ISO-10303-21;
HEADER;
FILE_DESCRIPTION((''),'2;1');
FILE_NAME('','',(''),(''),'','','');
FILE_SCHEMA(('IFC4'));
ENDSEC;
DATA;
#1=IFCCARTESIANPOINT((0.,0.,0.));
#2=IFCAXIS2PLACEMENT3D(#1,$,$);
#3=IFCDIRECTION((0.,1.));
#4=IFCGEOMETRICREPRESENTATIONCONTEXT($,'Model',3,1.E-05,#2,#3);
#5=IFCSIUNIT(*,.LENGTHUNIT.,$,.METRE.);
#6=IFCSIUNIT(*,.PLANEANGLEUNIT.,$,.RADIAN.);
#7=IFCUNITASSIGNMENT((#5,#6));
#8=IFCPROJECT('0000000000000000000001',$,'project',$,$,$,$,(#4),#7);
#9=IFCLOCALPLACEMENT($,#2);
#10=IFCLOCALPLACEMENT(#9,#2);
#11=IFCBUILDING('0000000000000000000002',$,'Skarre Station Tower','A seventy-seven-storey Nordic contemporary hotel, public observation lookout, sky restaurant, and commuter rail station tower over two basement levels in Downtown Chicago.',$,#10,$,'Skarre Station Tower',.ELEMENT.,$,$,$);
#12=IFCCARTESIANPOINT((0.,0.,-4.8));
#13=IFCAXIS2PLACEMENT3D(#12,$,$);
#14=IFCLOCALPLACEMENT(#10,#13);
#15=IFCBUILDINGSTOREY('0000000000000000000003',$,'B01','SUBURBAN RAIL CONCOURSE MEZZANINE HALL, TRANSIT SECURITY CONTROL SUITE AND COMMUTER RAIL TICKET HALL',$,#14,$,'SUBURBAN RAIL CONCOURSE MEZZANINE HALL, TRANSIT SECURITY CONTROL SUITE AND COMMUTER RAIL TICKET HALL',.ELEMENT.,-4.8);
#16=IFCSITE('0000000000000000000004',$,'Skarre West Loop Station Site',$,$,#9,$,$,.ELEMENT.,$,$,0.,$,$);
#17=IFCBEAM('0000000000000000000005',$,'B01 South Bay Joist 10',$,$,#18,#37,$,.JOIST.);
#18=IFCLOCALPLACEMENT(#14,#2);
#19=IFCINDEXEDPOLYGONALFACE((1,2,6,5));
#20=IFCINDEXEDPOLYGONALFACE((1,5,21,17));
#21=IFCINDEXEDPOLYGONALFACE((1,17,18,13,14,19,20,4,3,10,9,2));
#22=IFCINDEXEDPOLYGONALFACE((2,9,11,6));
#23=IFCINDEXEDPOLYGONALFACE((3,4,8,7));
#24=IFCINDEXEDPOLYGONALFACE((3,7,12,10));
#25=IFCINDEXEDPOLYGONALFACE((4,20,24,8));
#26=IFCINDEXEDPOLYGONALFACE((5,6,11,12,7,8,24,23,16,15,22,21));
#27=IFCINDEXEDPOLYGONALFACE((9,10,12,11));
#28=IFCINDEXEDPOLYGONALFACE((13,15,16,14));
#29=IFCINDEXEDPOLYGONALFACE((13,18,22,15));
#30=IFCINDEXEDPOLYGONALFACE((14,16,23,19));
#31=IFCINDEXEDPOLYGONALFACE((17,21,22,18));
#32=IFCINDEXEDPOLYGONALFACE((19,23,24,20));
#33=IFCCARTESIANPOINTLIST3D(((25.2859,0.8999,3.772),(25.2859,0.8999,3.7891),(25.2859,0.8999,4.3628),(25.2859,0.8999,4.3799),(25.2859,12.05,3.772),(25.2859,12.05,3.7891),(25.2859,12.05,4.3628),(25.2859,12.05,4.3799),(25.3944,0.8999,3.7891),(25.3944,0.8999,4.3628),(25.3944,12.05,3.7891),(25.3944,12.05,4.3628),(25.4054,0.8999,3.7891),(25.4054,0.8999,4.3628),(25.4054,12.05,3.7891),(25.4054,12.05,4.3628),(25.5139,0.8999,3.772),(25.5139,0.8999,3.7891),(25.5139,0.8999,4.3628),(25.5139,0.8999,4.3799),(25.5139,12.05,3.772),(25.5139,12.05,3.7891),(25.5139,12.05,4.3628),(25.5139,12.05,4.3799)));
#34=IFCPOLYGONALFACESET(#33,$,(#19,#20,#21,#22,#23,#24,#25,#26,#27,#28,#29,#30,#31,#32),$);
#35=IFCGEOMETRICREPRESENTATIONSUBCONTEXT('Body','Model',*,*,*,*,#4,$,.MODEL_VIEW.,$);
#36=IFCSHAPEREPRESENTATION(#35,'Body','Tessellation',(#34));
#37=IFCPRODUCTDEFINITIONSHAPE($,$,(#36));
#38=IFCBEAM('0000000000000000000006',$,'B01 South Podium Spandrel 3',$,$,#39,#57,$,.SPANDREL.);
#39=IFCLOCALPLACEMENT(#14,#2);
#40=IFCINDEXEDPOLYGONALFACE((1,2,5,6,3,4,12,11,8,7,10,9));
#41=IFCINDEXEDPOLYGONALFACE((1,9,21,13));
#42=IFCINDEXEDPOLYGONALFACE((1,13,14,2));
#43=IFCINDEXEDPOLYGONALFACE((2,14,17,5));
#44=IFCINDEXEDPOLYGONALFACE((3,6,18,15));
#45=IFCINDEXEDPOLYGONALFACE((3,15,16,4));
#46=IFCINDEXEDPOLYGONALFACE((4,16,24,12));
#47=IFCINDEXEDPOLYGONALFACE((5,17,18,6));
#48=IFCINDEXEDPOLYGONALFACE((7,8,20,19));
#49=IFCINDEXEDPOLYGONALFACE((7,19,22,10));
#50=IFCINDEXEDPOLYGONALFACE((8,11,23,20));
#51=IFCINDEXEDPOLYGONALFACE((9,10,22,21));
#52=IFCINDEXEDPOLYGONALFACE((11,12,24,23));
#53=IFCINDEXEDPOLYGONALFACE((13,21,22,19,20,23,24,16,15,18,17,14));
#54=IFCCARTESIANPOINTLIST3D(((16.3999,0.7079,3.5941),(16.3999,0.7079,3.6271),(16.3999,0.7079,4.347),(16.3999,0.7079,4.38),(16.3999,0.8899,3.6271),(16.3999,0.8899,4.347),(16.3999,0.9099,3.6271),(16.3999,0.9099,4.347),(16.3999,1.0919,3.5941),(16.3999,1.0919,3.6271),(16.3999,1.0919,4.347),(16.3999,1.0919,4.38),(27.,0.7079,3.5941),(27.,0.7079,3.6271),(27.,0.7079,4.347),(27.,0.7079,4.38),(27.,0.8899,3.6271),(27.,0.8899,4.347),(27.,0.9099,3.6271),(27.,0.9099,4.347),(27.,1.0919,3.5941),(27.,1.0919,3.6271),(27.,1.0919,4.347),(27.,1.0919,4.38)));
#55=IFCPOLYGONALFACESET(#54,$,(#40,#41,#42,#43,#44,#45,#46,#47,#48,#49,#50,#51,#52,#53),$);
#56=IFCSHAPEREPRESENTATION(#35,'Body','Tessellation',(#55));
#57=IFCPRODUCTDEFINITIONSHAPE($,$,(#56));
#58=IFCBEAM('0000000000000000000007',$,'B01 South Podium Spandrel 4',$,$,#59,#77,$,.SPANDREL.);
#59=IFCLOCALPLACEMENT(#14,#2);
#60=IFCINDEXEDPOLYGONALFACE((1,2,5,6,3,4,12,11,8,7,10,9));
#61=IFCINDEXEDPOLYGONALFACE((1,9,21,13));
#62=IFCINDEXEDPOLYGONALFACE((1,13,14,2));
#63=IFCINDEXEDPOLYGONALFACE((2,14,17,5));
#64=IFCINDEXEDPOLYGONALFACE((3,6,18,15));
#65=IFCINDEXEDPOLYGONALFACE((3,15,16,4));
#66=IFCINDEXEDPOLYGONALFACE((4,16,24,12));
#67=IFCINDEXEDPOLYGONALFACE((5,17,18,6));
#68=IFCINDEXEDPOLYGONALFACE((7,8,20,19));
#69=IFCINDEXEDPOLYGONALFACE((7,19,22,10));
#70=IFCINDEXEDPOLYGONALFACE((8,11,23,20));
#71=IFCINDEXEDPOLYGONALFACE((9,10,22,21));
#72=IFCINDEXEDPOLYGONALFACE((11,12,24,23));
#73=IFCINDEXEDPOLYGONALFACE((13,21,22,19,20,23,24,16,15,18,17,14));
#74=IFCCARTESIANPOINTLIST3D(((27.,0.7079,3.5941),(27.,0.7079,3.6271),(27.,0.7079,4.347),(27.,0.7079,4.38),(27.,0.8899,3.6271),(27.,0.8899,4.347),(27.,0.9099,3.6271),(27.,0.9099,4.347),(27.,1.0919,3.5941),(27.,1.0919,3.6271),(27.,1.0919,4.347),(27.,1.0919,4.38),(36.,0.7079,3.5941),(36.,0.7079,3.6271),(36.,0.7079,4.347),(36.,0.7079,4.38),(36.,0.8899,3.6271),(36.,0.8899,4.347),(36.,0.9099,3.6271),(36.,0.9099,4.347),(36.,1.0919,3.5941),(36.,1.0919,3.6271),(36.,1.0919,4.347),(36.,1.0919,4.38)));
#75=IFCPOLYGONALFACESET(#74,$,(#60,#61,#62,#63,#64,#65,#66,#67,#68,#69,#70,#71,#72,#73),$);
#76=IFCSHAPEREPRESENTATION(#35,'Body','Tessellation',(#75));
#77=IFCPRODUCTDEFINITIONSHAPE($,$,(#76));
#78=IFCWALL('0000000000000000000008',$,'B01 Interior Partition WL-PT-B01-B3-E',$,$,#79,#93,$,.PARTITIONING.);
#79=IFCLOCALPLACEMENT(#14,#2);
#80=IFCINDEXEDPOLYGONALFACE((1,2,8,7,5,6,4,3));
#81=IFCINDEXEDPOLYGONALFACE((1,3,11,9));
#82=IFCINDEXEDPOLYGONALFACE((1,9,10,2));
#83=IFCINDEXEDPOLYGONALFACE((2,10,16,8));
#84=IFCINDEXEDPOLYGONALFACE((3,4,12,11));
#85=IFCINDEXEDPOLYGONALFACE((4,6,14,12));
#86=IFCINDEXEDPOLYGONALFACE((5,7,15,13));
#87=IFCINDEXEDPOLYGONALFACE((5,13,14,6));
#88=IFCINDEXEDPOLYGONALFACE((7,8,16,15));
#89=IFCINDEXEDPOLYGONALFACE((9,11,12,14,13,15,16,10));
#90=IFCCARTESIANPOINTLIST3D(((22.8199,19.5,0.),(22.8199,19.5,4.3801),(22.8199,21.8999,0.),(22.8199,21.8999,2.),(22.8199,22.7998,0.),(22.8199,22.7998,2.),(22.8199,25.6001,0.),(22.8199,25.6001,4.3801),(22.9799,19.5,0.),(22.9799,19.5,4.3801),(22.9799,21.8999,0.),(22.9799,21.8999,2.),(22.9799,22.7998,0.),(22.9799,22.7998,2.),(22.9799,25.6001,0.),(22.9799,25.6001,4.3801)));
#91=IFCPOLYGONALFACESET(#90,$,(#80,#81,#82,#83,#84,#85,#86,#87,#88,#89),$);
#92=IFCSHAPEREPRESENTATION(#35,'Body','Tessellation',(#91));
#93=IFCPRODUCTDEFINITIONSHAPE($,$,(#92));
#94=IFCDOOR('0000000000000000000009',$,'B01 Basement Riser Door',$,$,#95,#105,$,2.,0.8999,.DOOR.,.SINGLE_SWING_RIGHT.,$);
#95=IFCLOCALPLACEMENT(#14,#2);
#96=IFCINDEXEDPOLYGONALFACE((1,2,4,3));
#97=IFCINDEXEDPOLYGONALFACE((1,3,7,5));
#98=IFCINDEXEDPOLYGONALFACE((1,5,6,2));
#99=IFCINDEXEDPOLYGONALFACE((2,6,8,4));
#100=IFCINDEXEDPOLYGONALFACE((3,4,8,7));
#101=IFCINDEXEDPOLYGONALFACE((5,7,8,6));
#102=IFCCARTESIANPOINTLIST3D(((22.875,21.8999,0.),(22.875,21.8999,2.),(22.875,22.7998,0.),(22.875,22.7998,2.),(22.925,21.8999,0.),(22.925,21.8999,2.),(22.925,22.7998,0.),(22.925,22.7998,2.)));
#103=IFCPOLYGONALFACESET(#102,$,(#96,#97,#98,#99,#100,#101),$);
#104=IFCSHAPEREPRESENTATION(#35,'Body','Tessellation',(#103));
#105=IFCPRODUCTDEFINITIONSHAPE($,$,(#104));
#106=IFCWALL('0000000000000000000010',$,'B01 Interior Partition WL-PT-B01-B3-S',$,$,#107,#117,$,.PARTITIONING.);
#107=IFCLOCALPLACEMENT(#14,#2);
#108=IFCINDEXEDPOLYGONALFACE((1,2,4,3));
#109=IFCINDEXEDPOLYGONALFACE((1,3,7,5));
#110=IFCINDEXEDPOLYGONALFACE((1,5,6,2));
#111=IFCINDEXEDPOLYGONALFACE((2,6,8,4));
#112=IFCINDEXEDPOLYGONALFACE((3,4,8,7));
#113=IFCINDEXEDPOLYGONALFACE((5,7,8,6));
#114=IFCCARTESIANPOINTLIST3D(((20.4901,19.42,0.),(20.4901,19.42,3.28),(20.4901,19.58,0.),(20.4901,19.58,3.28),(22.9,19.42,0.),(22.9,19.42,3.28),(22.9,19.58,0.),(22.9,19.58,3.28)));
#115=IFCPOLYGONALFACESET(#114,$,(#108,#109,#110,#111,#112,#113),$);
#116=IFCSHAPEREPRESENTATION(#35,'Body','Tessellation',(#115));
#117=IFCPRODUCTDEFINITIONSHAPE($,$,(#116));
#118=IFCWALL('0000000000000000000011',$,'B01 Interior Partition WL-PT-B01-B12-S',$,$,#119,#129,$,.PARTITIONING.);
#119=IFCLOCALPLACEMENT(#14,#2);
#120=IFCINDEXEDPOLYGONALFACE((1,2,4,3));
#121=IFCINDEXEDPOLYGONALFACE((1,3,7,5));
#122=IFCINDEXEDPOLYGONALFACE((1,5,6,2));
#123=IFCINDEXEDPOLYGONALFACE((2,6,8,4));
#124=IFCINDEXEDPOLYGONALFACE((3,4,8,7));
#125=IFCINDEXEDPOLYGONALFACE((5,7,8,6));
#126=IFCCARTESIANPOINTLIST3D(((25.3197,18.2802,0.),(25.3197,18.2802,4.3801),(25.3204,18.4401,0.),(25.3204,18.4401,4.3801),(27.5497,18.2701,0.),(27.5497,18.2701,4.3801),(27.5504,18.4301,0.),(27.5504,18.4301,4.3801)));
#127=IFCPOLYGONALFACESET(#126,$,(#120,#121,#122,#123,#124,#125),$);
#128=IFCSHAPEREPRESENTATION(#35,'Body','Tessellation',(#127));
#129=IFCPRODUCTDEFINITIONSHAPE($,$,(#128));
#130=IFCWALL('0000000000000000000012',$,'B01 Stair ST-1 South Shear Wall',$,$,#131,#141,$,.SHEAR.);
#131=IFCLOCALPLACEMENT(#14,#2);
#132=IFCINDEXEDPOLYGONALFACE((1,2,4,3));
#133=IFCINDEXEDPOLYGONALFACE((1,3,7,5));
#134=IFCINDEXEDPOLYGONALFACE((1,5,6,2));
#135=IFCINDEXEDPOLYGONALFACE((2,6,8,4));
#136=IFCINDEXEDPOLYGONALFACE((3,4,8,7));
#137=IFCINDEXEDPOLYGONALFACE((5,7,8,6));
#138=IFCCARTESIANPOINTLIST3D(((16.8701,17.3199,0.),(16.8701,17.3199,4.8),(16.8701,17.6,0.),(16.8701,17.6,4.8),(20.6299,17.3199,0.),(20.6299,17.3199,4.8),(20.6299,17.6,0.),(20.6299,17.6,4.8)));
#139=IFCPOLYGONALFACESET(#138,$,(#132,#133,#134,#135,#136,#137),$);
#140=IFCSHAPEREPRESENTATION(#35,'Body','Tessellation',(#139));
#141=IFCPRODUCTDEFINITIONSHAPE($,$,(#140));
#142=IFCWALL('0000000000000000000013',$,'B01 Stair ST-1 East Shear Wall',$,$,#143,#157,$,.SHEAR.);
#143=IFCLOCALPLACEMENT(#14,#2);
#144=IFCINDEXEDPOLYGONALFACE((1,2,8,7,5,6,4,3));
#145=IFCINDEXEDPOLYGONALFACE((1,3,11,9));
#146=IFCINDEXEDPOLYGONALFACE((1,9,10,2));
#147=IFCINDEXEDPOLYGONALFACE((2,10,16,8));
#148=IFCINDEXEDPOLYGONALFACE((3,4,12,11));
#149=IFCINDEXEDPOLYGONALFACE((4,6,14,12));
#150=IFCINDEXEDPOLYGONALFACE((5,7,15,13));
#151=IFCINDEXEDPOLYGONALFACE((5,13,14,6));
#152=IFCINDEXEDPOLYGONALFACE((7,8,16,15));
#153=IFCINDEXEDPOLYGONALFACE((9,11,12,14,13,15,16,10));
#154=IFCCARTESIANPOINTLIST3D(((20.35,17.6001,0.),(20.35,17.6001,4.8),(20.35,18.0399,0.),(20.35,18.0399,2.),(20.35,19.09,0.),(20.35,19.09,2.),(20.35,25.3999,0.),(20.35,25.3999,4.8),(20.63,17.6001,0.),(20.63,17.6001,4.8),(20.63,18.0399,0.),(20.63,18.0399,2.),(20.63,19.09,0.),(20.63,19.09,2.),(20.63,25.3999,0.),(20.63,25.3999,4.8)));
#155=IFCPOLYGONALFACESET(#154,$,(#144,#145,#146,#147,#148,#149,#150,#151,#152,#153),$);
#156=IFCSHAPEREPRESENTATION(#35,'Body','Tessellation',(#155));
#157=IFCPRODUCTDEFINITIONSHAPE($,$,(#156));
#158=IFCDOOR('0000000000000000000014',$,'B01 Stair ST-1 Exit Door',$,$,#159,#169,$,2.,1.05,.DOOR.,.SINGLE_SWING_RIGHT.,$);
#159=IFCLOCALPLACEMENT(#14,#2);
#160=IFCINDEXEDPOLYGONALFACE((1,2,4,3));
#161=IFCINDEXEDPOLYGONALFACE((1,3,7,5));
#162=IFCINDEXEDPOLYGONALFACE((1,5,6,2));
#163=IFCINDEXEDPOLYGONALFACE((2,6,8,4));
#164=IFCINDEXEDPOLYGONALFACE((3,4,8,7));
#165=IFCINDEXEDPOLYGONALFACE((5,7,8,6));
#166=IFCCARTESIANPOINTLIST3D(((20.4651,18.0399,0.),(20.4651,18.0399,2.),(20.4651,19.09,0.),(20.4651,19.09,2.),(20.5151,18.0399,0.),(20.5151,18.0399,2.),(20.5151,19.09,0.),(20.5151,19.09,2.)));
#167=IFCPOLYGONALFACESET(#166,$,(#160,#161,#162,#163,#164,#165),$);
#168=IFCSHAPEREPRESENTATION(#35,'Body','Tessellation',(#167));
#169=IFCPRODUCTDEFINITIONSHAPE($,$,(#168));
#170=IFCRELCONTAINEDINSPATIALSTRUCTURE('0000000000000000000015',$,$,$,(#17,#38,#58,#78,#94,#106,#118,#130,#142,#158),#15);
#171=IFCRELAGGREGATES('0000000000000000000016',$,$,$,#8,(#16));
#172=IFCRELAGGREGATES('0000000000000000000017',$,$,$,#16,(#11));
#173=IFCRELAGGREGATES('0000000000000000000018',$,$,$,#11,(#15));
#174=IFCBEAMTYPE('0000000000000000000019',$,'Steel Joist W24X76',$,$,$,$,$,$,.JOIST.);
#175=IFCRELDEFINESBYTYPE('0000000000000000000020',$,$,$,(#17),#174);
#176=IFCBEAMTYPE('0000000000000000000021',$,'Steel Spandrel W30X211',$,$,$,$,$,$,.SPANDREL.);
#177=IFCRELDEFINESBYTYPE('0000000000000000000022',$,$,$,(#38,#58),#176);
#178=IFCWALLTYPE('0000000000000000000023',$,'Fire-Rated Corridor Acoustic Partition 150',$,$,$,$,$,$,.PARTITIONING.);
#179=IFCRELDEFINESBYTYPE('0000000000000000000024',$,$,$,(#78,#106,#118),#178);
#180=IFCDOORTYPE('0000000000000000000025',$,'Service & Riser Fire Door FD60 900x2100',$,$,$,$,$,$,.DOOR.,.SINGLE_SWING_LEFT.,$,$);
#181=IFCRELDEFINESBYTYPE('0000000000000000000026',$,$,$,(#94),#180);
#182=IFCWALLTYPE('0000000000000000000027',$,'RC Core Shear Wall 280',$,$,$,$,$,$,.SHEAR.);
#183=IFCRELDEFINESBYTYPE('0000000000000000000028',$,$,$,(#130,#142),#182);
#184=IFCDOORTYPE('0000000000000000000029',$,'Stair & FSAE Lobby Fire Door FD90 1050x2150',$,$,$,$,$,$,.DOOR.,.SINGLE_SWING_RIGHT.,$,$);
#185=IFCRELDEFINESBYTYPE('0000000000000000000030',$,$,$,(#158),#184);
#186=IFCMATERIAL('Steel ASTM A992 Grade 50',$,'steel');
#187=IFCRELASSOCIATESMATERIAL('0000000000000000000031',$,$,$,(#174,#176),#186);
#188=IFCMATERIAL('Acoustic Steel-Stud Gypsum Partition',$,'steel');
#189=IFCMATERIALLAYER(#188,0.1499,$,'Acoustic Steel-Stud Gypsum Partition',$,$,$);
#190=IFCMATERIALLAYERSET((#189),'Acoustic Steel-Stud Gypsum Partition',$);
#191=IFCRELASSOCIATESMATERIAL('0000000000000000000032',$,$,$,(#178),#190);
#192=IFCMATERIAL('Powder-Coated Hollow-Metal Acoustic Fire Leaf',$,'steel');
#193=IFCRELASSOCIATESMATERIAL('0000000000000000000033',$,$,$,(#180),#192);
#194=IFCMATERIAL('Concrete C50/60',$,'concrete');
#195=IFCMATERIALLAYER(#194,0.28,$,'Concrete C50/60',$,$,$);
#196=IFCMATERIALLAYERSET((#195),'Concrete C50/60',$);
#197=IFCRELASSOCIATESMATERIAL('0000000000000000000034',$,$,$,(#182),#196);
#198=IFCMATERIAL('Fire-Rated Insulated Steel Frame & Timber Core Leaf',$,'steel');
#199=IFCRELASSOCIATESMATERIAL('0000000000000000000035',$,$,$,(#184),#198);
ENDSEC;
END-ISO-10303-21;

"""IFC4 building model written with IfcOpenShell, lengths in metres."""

from ifc_helpers import new_model, si_unit, direction, frame, frame_2d, origin, origin_2d, place, context, subcontext, project, spatial, rectangle, i_section, extrude, material, layer, layer_set, material_profile, profile_set, type_object, element, fill, save


model = new_model("IFC4")

# Units and contexts
model_context = context("Model", 3, precision=1e-05, world=origin(), true_north=direction((0.0, 1.0)))
body_context = subcontext(model_context, "Body", "Model", "MODEL_VIEW")
ifc_project = project(units=[si_unit("LENGTHUNIT", "METRE"), si_unit("PLANEANGLEUNIT", "RADIAN")], contexts=[model_context])

# Site, building, storey
site_placement = place(None, origin())
site = spatial("IfcSite", under=ifc_project, at=site_placement, Name="Skarre West Loop Station Site", CompositionType="ELEMENT", RefElevation=0.0)
building_placement = place(site_placement, origin())
building = spatial("IfcBuilding", under=site, at=building_placement, Name="Skarre Station Tower", Description="A seventy-seven-storey Nordic contemporary hotel, public observation lookout, sky restaurant, and commuter rail station tower over two basement levels in Downtown Chicago.", LongName="Skarre Station Tower", CompositionType="ELEMENT")
storey_placement = place(building_placement, frame((0.0, 0.0, -4.8)))
storey = spatial("IfcBuildingStorey", under=building, at=storey_placement, Name="B01", Description="SUBURBAN RAIL CONCOURSE MEZZANINE HALL, TRANSIT SECURITY CONTROL SUITE AND COMMUTER RAIL TICKET HALL", LongName="SUBURBAN RAIL CONCOURSE MEZZANINE HALL, TRANSIT SECURITY CONTROL SUITE AND COMMUTER RAIL TICKET HALL", CompositionType="ELEMENT", Elevation=-4.8)

# Beams
ifc_material_1 = material(Name="Steel ASTM A992 Grade 50", Category="steel")
ifc_material_profile_1 = material_profile(ifc_material_1, i_section(OverallWidth=0.228, OverallDepth=0.6079, WebThickness=0.011, FlangeThickness=0.0171, at=origin_2d()), Name="Steel ASTM A992 Grade 50")
ifc_profile_set_1 = profile_set([ifc_material_profile_1], Name="Steel ASTM A992 Grade 50")
beam_type_1 = type_object("IfcBeamType", Name="Steel Joist W24X76", PredefinedType="JOIST", material=ifc_profile_set_1)
for number, where, z_axis, x_axis, name in (
    (1, (25.3999, 0.8999, 4.0759), (0.0, 1.0, 0.0), (-1.0, 0.0, 0.0), "B01 South Bay Joist 10"),
):
    element("IfcBeam", number, at=place(storey_placement, frame(where, z_axis=z_axis, x_axis=x_axis)), inside=storey, type_object=beam_type_1, Name=name, PredefinedType="JOIST", context=body_context, shape_type="SweptSolid", body=[
        extrude(i_section(OverallWidth=0.228, OverallDepth=0.6079, WebThickness=0.011, FlangeThickness=0.0171, at=origin_2d()), origin(), (0.0, 0.0, 1.0), 11.1501),
    ])
ifc_material_profile_2 = material_profile(ifc_material_1, i_section(OverallWidth=0.384, OverallDepth=0.7859, WebThickness=0.02, FlangeThickness=0.033, at=origin_2d()), Name="Steel ASTM A992 Grade 50")
ifc_profile_set_2 = profile_set([ifc_material_profile_2], Name="Steel ASTM A992 Grade 50")
beam_type_2 = type_object("IfcBeamType", Name="Steel Spandrel W30X211", PredefinedType="SPANDREL", material=ifc_profile_set_2)
beam_1_placement = place(storey_placement, frame((16.3999, 0.8999, 3.9871), z_axis=(1.0, 0.0, 0.0), x_axis=(0.0, 1.0, 0.0)))
element("IfcBeam", 2, at=beam_1_placement, inside=storey, type_object=beam_type_2, Name="B01 South Podium Spandrel 3", PredefinedType="SPANDREL", context=body_context, shape_type="SweptSolid", body=[
    extrude(i_section(OverallWidth=0.384, OverallDepth=0.7859, WebThickness=0.02, FlangeThickness=0.033, at=origin_2d()), origin(), (0.0, 0.0, 1.0), 10.6001),
])
beam_2_placement = place(storey_placement, frame((27.0, 0.8999, 3.9871), z_axis=(1.0, 0.0, 0.0), x_axis=(0.0, 1.0, 0.0)))
element("IfcBeam", 3, at=beam_2_placement, inside=storey, type_object=beam_type_2, Name="B01 South Podium Spandrel 4", PredefinedType="SPANDREL", context=body_context, shape_type="SweptSolid", body=[
    extrude(i_section(OverallWidth=0.384, OverallDepth=0.7859, WebThickness=0.02, FlangeThickness=0.033, at=origin_2d()), origin(), (0.0, 0.0, 1.0), 9.0),
])

# Wall, opening, door
ifc_material_2 = material(Name="Acoustic Steel-Stud Gypsum Partition", Category="steel")
ifc_layer_1 = layer(ifc_material_2, 0.1499, Name="Acoustic Steel-Stud Gypsum Partition")
ifc_layer_set_1 = layer_set([ifc_layer_1], Name="Acoustic Steel-Stud Gypsum Partition")
wall_type_1 = type_object("IfcWallType", Name="Fire-Rated Corridor Acoustic Partition 150", PredefinedType="PARTITIONING", material=ifc_layer_set_1)
wall_1_placement = place(storey_placement, frame((22.8999, 19.5, 0.0), z_axis=(0.0, 0.0, 1.0), x_axis=(0.0, 1.0, 0.0)))
wall_1 = element("IfcWall", 4, at=wall_1_placement, inside=storey, type_object=wall_type_1, Name="B01 Interior Partition WL-PT-B01-B3-E", PredefinedType="PARTITIONING", context=body_context, shape_type="SweptSolid", body=[
    extrude(rectangle(XDim=6.1001, YDim=0.1599, at=frame_2d((3.05, 0.0))), origin(), (0.0, 0.0, 1.0), 4.3801),
])
opening_1_placement = place(wall_1_placement, frame((2.3999, 0.0, 0.0)))
opening_1 = element("IfcOpeningElement", 5, at=opening_1_placement, cuts=wall_1, PredefinedType="OPENING", context=body_context, shape_type="SweptSolid", body=[
    extrude(rectangle(XDim=0.8999, YDim=2.0, at=frame_2d((0.45, 1.0))), frame((0.0, 0.0898, 0.0), z_axis=(0.0, -1.0, 0.0), x_axis=(1.0, 0.0, 0.0)), (0.0, 0.0, 1.0), 0.1799),
])
ifc_material_3 = material(Name="Powder-Coated Hollow-Metal Acoustic Fire Leaf", Category="steel")
door_type_1 = type_object("IfcDoorType", Name="Service & Riser Fire Door FD60 900x2100", OperationType="SINGLE_SWING_LEFT", PredefinedType="DOOR", material=ifc_material_3)
door_1_placement = place(opening_1_placement, origin())
door_1 = element("IfcDoor", 6, at=door_1_placement, inside=storey, type_object=door_type_1, Name="B01 Basement Riser Door", OperationType="SINGLE_SWING_RIGHT", OverallHeight=2.0, OverallWidth=0.8999, PredefinedType="DOOR", context=body_context, shape_type="SweptSolid", body=[
    extrude(rectangle(XDim=0.8999, YDim=2.0, at=frame_2d((0.45, 1.0))), frame((0.0, 0.0249, 0.0), z_axis=(0.0, -1.0, 0.0), x_axis=(1.0, 0.0, 0.0)), (0.0, 0.0, 1.0), 0.05),
])
fill(opening_1, door_1)

# Walls
wall_2_placement = place(storey_placement, frame((20.49, 19.5, 0.0), z_axis=(0.0, 0.0, 1.0), x_axis=(1.0, 0.0, 0.0)))
element("IfcWall", 7, at=wall_2_placement, inside=storey, type_object=wall_type_1, Name="B01 Interior Partition WL-PT-B01-B3-S", PredefinedType="PARTITIONING", context=body_context, shape_type="SweptSolid", body=[
    extrude(rectangle(XDim=2.4099, YDim=0.1599, at=frame_2d((1.2051, 0.0))), origin(), (0.0, 0.0, 1.0), 3.28),
])
wall_3_placement = place(storey_placement, frame((25.3201, 18.3601, 0.0), z_axis=(0.0, 0.0, 1.0), x_axis=(0.99999, -0.004489, 0.0)))
element("IfcWall", 8, at=wall_3_placement, inside=storey, type_object=wall_type_1, Name="B01 Interior Partition WL-PT-B01-B12-S", PredefinedType="PARTITIONING", context=body_context, shape_type="SweptSolid", body=[
    extrude(rectangle(XDim=2.23, YDim=0.1599, at=frame_2d((1.115, 0.0))), origin(), (0.0, 0.0, 1.0), 4.3801),
])
ifc_material_4 = material(Name="Concrete C50/60", Category="concrete")
ifc_layer_2 = layer(ifc_material_4, 0.28, Name="Concrete C50/60")
ifc_layer_set_2 = layer_set([ifc_layer_2], Name="Concrete C50/60")
wall_type_2 = type_object("IfcWallType", Name="RC Core Shear Wall 280", PredefinedType="SHEAR", material=ifc_layer_set_2)
wall_4_placement = place(storey_placement, frame((16.8701, 17.46, 0.0), z_axis=(0.0, 0.0, 1.0), x_axis=(1.0, 0.0, 0.0)))
element("IfcWall", 9, at=wall_4_placement, inside=storey, type_object=wall_type_2, Name="B01 Stair ST-1 South Shear Wall", PredefinedType="SHEAR", context=body_context, shape_type="SweptSolid", body=[
    extrude(rectangle(XDim=3.7598, YDim=0.28, at=frame_2d((1.8799, 0.0))), origin(), (0.0, 0.0, 1.0), 4.8),
])

# Wall, opening, door
wall_5_placement = place(storey_placement, frame((20.49, 17.6001, 0.0), z_axis=(0.0, 0.0, 1.0), x_axis=(0.0, 1.0, 0.0)))
wall_5 = element("IfcWall", 10, at=wall_5_placement, inside=storey, type_object=wall_type_2, Name="B01 Stair ST-1 East Shear Wall", PredefinedType="SHEAR", context=body_context, shape_type="SweptSolid", body=[
    extrude(rectangle(XDim=7.7998, YDim=0.28, at=frame_2d((3.8999, 0.0))), origin(), (0.0, 0.0, 1.0), 4.8),
])
opening_2_placement = place(wall_5_placement, frame((0.4399, 0.0, 0.0)))
opening_2 = element("IfcOpeningElement", 11, at=opening_2_placement, cuts=wall_5, PredefinedType="OPENING", context=body_context, shape_type="SweptSolid", body=[
    extrude(rectangle(XDim=1.05, YDim=2.0, at=frame_2d((0.5249, 1.0))), frame((0.0, 0.1499, 0.0), z_axis=(0.0, -1.0, 0.0), x_axis=(1.0, 0.0, 0.0)), (0.0, 0.0, 1.0), 0.3),
])
ifc_material_5 = material(Name="Fire-Rated Insulated Steel Frame & Timber Core Leaf", Category="steel")
door_type_2 = type_object("IfcDoorType", Name="Stair & FSAE Lobby Fire Door FD90 1050x2150", OperationType="SINGLE_SWING_RIGHT", PredefinedType="DOOR", material=ifc_material_5)
door_2_placement = place(opening_2_placement, origin())
door_2 = element("IfcDoor", 12, at=door_2_placement, inside=storey, type_object=door_type_2, Name="B01 Stair ST-1 Exit Door", OperationType="SINGLE_SWING_RIGHT", OverallHeight=2.0, OverallWidth=1.05, PredefinedType="DOOR", context=body_context, shape_type="SweptSolid", body=[
    extrude(rectangle(XDim=1.05, YDim=2.0, at=frame_2d((0.5249, 1.0))), frame((0.0, 0.0249, 0.0), z_axis=(0.0, -1.0, 0.0), x_axis=(1.0, 0.0, 0.0)), (0.0, 0.0, 1.0), 0.05),
])
fill(opening_2, door_2)

save(model, "model.ifc")
